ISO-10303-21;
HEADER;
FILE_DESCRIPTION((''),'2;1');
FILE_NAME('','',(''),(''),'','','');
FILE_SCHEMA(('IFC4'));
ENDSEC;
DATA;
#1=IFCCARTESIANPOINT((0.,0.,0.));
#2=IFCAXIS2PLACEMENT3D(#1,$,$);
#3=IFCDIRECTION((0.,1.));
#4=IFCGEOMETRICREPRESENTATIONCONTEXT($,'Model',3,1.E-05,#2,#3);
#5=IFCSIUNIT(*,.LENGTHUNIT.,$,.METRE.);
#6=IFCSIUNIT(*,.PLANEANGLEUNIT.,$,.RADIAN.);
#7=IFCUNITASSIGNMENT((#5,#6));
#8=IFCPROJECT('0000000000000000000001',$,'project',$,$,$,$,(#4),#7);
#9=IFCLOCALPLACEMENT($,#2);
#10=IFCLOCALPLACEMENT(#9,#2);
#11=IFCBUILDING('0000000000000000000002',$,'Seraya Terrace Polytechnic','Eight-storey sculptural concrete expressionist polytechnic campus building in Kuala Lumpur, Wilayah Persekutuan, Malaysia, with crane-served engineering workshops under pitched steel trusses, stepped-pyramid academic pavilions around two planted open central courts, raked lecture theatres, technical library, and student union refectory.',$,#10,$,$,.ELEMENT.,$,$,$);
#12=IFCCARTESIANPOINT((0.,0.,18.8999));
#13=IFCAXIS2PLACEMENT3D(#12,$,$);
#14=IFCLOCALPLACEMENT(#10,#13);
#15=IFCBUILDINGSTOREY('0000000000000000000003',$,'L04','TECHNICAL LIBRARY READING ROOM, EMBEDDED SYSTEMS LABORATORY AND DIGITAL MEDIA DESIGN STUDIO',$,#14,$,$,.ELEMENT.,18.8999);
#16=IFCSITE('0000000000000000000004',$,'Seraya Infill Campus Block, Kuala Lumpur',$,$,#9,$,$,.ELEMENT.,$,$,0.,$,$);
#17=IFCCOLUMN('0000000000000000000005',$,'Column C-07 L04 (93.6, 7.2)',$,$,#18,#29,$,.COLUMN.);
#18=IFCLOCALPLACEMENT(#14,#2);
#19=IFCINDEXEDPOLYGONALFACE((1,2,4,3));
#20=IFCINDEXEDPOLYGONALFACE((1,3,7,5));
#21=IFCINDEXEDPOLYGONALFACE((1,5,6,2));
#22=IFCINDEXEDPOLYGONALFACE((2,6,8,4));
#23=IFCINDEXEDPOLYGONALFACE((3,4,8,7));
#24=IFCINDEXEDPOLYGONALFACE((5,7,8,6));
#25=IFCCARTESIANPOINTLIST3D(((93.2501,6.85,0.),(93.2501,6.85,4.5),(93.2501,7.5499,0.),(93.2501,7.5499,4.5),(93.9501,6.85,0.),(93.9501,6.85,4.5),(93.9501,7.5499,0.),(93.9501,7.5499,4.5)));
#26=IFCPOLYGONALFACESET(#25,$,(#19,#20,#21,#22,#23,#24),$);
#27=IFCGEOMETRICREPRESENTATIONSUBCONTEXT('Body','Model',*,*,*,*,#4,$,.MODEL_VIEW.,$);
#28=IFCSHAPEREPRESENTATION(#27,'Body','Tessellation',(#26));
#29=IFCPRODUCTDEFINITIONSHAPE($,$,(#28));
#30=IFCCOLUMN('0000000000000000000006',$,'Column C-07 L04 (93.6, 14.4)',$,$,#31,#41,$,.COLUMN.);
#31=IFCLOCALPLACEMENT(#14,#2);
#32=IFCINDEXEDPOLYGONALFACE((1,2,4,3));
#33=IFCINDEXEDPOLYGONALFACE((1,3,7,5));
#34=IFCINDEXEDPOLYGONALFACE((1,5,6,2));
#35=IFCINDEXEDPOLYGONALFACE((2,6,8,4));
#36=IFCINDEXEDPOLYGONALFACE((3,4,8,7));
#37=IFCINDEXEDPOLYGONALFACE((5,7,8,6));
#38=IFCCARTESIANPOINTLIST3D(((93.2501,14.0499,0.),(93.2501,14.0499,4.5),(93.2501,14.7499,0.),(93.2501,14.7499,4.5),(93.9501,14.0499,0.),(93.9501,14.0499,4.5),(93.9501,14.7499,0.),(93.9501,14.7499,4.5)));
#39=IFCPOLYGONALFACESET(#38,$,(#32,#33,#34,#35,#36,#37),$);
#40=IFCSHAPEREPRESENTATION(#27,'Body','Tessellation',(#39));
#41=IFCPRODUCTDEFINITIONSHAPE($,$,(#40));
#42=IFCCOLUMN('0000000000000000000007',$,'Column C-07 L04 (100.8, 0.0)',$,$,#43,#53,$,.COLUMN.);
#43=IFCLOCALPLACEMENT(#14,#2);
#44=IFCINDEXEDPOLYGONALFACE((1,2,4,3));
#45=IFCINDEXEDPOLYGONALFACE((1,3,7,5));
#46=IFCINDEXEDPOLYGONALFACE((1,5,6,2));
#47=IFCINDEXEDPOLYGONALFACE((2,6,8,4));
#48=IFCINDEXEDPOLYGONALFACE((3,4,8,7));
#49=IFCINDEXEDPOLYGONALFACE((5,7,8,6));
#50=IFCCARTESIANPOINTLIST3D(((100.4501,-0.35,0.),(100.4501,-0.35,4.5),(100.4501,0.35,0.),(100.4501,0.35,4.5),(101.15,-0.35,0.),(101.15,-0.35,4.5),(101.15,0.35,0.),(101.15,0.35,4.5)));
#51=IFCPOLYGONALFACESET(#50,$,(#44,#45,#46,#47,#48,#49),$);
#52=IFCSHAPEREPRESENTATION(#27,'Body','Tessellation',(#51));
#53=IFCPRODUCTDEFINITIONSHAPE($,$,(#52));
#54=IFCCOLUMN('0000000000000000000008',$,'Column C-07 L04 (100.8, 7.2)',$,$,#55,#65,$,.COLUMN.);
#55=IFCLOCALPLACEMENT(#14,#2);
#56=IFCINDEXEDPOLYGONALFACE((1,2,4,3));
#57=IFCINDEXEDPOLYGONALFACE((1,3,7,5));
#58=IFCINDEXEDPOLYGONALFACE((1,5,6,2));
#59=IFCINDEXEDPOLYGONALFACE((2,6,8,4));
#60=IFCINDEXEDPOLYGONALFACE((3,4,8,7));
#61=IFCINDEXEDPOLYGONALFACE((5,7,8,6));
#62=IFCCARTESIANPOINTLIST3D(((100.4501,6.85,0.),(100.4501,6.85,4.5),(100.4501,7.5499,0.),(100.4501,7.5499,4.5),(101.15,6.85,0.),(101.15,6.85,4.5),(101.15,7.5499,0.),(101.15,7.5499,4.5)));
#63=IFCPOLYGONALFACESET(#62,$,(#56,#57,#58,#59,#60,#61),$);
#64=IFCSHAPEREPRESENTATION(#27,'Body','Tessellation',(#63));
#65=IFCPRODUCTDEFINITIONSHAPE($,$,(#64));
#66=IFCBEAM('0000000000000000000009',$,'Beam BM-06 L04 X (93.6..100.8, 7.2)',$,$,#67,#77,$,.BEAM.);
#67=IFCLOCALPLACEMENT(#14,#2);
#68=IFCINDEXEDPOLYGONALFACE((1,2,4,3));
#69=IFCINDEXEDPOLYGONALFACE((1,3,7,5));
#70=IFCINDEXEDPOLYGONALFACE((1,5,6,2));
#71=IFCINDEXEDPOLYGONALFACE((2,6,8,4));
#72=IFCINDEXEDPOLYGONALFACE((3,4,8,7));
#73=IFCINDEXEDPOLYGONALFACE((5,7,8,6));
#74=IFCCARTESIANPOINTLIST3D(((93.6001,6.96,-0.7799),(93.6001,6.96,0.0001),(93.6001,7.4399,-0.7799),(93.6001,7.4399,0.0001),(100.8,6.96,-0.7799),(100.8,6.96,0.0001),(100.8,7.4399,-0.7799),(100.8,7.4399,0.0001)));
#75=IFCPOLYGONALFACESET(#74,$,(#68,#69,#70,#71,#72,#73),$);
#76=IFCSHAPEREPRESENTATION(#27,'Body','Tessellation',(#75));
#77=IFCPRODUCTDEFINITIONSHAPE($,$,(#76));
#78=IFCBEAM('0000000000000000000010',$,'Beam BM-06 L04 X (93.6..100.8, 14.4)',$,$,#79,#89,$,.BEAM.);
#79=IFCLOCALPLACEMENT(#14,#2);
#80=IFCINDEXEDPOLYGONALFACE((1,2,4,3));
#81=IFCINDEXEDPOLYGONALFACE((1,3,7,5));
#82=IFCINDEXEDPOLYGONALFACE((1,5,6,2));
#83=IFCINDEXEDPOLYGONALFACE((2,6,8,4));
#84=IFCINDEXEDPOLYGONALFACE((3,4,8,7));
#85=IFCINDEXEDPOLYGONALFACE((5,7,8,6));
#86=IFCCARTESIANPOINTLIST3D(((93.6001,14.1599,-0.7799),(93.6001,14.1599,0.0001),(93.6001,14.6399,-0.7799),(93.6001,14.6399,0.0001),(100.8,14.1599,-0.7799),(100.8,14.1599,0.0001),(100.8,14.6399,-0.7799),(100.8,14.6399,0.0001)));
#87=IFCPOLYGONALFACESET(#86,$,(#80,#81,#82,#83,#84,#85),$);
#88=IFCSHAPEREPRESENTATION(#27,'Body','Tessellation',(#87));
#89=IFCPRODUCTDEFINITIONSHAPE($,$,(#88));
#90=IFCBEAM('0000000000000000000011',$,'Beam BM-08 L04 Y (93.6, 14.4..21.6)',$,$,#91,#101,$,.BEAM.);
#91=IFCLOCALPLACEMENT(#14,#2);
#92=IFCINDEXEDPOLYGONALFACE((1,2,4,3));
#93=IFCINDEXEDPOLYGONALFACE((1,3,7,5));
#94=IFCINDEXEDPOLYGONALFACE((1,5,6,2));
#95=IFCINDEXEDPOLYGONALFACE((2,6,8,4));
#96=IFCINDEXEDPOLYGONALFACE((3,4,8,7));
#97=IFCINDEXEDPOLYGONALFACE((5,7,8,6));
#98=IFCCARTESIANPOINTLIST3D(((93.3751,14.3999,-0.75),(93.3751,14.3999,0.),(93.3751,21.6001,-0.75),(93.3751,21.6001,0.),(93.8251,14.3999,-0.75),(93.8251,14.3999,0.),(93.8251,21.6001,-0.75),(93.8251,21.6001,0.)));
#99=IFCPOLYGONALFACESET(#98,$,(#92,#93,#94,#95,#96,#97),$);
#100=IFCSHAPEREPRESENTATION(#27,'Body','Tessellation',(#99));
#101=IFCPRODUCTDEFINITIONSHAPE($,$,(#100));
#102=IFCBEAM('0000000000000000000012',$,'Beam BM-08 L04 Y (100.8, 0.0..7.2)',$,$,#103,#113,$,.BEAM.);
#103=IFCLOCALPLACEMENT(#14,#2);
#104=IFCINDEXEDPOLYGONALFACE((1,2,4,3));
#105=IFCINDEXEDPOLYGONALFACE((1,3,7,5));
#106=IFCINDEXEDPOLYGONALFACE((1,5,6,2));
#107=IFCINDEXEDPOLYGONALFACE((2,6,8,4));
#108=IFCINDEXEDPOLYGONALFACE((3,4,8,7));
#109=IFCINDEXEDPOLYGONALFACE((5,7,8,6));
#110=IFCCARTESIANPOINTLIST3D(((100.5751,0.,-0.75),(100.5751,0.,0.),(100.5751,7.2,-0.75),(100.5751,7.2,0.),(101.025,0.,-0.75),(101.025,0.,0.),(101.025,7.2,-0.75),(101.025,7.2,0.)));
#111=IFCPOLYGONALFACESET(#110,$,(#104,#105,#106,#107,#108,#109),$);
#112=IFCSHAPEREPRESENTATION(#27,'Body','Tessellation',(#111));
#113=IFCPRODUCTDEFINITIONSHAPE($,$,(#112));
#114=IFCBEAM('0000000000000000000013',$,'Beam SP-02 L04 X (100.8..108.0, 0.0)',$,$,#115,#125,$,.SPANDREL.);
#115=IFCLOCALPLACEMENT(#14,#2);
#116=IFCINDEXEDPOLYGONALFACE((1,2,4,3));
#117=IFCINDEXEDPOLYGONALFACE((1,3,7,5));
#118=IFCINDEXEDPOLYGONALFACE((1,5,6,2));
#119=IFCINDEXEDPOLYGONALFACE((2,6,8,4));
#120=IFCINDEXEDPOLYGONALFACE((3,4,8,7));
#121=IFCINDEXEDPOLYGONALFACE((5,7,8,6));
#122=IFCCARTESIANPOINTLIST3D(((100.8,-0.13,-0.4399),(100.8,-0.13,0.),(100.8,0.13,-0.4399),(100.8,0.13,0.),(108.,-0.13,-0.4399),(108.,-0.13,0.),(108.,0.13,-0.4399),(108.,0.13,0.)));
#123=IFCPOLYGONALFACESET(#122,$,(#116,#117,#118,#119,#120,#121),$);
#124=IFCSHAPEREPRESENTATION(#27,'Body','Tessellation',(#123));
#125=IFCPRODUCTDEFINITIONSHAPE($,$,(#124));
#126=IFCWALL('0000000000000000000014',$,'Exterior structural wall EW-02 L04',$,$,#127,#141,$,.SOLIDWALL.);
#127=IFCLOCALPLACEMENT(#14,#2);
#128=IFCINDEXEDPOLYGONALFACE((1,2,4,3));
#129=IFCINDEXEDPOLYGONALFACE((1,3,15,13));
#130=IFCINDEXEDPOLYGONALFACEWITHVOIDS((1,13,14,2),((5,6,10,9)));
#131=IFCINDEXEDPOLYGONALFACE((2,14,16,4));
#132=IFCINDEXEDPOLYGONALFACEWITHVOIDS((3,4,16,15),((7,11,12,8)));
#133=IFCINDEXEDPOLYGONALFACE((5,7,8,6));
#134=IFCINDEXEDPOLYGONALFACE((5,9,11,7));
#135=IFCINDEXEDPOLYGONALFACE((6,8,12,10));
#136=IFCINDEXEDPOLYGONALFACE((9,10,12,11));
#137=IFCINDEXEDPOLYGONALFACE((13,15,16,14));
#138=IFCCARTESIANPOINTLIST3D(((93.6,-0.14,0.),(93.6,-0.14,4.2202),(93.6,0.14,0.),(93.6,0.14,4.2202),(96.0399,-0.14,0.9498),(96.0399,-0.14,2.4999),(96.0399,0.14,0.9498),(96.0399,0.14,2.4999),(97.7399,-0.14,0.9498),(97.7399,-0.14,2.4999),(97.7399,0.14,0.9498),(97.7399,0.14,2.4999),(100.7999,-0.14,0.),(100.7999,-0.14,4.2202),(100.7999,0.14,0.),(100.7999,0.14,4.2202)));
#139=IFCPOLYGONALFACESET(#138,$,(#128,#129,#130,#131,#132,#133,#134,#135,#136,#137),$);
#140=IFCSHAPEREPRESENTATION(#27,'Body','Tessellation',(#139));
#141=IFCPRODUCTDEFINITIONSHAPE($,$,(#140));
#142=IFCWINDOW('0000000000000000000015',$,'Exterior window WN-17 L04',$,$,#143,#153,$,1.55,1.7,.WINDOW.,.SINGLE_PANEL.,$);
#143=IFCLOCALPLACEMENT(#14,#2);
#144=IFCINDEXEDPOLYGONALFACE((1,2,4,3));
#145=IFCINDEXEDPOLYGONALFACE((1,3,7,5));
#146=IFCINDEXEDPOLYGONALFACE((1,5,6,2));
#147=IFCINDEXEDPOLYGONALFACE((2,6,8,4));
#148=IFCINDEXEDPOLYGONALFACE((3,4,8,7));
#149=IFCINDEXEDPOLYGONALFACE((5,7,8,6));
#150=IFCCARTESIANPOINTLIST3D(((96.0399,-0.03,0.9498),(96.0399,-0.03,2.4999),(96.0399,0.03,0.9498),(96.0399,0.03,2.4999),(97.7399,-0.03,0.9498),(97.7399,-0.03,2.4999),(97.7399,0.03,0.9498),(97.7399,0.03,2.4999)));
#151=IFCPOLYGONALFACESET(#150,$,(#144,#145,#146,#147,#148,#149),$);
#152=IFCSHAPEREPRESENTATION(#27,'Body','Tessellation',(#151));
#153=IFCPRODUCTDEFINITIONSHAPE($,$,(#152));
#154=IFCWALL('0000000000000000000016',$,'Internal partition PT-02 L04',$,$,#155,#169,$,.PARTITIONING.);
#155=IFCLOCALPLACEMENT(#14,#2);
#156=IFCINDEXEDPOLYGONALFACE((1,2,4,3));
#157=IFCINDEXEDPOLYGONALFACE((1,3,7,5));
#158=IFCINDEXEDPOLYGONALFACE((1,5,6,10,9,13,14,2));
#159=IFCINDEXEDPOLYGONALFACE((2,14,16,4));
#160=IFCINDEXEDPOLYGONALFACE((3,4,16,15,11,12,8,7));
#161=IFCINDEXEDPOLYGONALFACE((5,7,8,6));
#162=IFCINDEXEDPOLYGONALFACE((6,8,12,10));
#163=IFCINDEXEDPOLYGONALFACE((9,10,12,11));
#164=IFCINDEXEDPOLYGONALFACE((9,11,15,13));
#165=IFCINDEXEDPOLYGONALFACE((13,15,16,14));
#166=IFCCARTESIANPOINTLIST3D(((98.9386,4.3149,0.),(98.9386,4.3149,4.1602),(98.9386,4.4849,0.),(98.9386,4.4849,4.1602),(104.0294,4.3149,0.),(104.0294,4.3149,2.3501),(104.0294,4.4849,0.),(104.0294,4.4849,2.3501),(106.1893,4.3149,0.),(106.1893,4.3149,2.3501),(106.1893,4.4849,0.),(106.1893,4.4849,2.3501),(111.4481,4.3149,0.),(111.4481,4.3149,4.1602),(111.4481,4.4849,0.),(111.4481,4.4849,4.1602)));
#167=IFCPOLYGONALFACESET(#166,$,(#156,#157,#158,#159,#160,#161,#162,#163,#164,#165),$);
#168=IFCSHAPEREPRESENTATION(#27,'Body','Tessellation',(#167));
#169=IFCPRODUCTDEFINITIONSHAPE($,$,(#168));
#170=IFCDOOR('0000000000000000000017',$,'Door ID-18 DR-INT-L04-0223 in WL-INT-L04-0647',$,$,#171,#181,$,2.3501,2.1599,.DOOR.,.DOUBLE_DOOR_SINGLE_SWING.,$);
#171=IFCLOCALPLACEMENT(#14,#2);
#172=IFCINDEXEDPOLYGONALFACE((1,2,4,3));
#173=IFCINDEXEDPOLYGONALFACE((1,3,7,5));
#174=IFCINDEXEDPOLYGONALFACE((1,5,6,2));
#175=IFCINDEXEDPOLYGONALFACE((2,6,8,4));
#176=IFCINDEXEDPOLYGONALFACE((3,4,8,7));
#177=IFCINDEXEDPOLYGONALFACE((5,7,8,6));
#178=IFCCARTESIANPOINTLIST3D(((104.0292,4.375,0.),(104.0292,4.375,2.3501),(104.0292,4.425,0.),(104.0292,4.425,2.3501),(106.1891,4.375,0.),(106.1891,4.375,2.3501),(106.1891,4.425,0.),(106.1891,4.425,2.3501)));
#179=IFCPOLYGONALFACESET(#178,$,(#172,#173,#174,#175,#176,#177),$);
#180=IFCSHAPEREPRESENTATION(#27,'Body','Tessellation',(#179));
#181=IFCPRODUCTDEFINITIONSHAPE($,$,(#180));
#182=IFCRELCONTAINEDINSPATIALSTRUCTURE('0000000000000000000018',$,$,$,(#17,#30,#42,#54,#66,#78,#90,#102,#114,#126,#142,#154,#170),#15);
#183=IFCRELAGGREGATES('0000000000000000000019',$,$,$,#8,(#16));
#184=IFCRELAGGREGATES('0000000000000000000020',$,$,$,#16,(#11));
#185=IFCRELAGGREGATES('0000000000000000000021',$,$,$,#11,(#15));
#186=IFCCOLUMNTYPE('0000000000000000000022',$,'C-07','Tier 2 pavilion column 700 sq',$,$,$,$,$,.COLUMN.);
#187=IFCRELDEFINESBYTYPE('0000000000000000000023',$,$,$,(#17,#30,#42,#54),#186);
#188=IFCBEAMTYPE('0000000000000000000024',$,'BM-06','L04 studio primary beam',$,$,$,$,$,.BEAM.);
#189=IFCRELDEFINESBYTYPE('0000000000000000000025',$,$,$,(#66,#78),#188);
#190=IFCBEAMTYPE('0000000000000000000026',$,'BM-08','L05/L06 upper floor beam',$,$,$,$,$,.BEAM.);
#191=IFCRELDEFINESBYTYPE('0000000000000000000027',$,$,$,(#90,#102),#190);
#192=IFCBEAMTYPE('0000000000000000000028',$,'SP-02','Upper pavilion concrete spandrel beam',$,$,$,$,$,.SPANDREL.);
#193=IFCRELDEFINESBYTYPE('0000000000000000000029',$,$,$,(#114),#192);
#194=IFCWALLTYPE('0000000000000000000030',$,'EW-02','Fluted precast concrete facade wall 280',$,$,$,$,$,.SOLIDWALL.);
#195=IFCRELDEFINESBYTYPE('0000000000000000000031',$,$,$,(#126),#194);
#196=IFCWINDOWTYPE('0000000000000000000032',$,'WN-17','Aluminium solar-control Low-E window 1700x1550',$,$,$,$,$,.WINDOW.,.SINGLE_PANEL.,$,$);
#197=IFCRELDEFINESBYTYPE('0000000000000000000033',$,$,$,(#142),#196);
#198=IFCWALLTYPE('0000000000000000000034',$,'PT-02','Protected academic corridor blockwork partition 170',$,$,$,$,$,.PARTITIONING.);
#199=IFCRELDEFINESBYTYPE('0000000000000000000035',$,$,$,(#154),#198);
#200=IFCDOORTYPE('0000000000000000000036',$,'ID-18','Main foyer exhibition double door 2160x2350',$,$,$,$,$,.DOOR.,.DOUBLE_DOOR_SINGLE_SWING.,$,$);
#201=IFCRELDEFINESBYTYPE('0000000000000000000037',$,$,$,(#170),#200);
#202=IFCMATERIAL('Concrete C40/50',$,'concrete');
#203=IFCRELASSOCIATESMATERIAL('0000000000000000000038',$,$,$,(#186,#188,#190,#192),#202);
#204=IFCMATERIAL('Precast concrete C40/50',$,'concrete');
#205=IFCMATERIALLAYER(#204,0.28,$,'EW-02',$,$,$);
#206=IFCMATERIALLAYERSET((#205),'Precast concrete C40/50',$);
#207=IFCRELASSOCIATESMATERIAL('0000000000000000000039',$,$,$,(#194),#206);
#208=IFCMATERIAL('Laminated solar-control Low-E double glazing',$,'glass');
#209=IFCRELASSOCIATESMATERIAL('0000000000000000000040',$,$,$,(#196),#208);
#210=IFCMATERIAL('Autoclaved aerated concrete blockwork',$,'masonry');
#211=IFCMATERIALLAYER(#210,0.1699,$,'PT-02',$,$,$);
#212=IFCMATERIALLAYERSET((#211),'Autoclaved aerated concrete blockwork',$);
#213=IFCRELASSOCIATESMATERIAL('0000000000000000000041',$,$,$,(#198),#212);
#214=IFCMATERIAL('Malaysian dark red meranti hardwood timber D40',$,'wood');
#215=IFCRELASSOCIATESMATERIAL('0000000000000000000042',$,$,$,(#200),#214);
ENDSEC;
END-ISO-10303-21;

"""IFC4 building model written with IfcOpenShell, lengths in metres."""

from ifc_helpers import new_model, si_unit, direction, frame, frame_2d, origin, origin_2d, place, context, subcontext, project, spatial, rectangle, extrude, material, layer, layer_set, material_profile, profile_set, type_object, element, fill, save


model = new_model("IFC4")

# Units and contexts
model_context = context("Model", 3, precision=1e-05, world=origin(), true_north=direction((0.0, 1.0)))
body_context = subcontext(model_context, "Body", "Model", "MODEL_VIEW")
ifc_project = project(units=[si_unit("LENGTHUNIT", "METRE"), si_unit("PLANEANGLEUNIT", "RADIAN")], contexts=[model_context])

# Site, building, storey
site_placement = place(None, origin())
site = spatial("IfcSite", under=ifc_project, at=site_placement, Name="Seraya Infill Campus Block, Kuala Lumpur", CompositionType="ELEMENT", RefElevation=0.0)
building_placement = place(site_placement, origin())
building = spatial("IfcBuilding", under=site, at=building_placement, Name="Seraya Terrace Polytechnic", Description="Eight-storey sculptural concrete expressionist polytechnic campus building in Kuala Lumpur, Wilayah Persekutuan, Malaysia, with crane-served engineering workshops under pitched steel trusses, stepped-pyramid academic pavilions around two planted open central courts, raked lecture theatres, technical library, and student union refectory.", CompositionType="ELEMENT")
storey_placement = place(building_placement, frame((0.0, 0.0, 18.8999)))
storey = spatial("IfcBuildingStorey", under=building, at=storey_placement, Name="L04", Description="TECHNICAL LIBRARY READING ROOM, EMBEDDED SYSTEMS LABORATORY AND DIGITAL MEDIA DESIGN STUDIO", CompositionType="ELEMENT", Elevation=18.8999)

# Columns
ifc_material_1 = material(Name="Concrete C40/50", Category="concrete")
ifc_material_profile_1 = material_profile(ifc_material_1, rectangle(XDim=0.7, YDim=0.7, at=origin_2d()), Name="RC 700x700")
ifc_profile_set_1 = profile_set([ifc_material_profile_1], Name="Concrete C40/50")
column_type = type_object("IfcColumnType", Name="C-07", Description="Tier 2 pavilion column 700 sq", PredefinedType="COLUMN", material=ifc_profile_set_1)
for number, where, z_axis, x_axis, name in (
    (1, (93.6001, 7.2, 0.0), (0.0, 0.0, 1.0), (1.0, 0.0, 0.0), "Column C-07 L04 (93.6, 7.2)"),
    (2, (93.6001, 14.3999, 0.0), (0.0, 0.0, 1.0), (1.0, 0.0, 0.0), "Column C-07 L04 (93.6, 14.4)"),
    (3, (100.8, 0.0, 0.0), (0.0, 0.0, 1.0), (1.0, 0.0, 0.0), "Column C-07 L04 (100.8, 0.0)"),
    (4, (100.8, 7.2, 0.0), (0.0, 0.0, 1.0), (1.0, 0.0, 0.0), "Column C-07 L04 (100.8, 7.2)"),
):
    element("IfcColumn", number, at=place(storey_placement, frame(where, z_axis=z_axis, x_axis=x_axis)), inside=storey, type_object=column_type, Name=name, PredefinedType="COLUMN", context=body_context, shape_type="SweptSolid", body=[
        extrude(rectangle(XDim=0.7, YDim=0.7, at=origin_2d()), origin(), (0.0, 0.0, 1.0), 4.5),
    ])

# Beams
ifc_material_profile_2 = material_profile(ifc_material_1, rectangle(XDim=0.48, YDim=0.78, at=origin_2d()), Name="RC 480x780")
ifc_profile_set_2 = profile_set([ifc_material_profile_2], Name="Concrete C40/50")
beam_type_1 = type_object("IfcBeamType", Name="BM-06", Description="L04 studio primary beam", PredefinedType="BEAM", material=ifc_profile_set_2)
for number, where, z_axis, x_axis, name in (
    (5, (93.6001, 7.2, -0.3899), (1.0, 0.0, 0.0), (0.0, 1.0, 0.0), "Beam BM-06 L04 X (93.6..100.8, 7.2)"),
    (6, (93.6001, 14.3999, -0.3899), (1.0, 0.0, 0.0), (0.0, 1.0, 0.0), "Beam BM-06 L04 X (93.6..100.8, 14.4)"),
):
    element("IfcBeam", number, at=place(storey_placement, frame(where, z_axis=z_axis, x_axis=x_axis)), inside=storey, type_object=beam_type_1, Name=name, PredefinedType="BEAM", context=body_context, shape_type="SweptSolid", body=[
        extrude(rectangle(XDim=0.48, YDim=0.78, at=origin_2d()), origin(), (0.0, 0.0, 1.0), 7.2),
    ])
ifc_material_profile_3 = material_profile(ifc_material_1, rectangle(XDim=0.45, YDim=0.75, at=origin_2d()), Name="RC 450x750")
ifc_profile_set_3 = profile_set([ifc_material_profile_3], Name="Concrete C40/50")
beam_type_2 = type_object("IfcBeamType", Name="BM-08", Description="L05/L06 upper floor beam", PredefinedType="BEAM", material=ifc_profile_set_3)
beam_1_placement = place(storey_placement, frame((93.6001, 14.3999, -0.375), z_axis=(0.0, 1.0, 0.0), x_axis=(-1.0, 0.0, 0.0)))
element("IfcBeam", 7, at=beam_1_placement, inside=storey, type_object=beam_type_2, Name="Beam BM-08 L04 Y (93.6, 14.4..21.6)", PredefinedType="BEAM", context=body_context, shape_type="SweptSolid", body=[
    extrude(rectangle(XDim=0.45, YDim=0.75, at=origin_2d()), origin(), (0.0, 0.0, 1.0), 7.2002),
])
beam_2_placement = place(storey_placement, frame((100.8, 0.0, -0.375), z_axis=(0.0, 1.0, 0.0), x_axis=(-1.0, 0.0, 0.0)))
element("IfcBeam", 8, at=beam_2_placement, inside=storey, type_object=beam_type_2, Name="Beam BM-08 L04 Y (100.8, 0.0..7.2)", PredefinedType="BEAM", context=body_context, shape_type="SweptSolid", body=[
    extrude(rectangle(XDim=0.45, YDim=0.75, at=origin_2d()), origin(), (0.0, 0.0, 1.0), 7.2),
])
ifc_material_profile_4 = material_profile(ifc_material_1, rectangle(XDim=0.26, YDim=0.4399, at=origin_2d()), Name="RC 260x440")
ifc_profile_set_4 = profile_set([ifc_material_profile_4], Name="Concrete C40/50")
beam_type_3 = type_object("IfcBeamType", Name="SP-02", Description="Upper pavilion concrete spandrel beam", PredefinedType="SPANDREL", material=ifc_profile_set_4)
beam_3_placement = place(storey_placement, frame((100.8, 0.0, -0.22), z_axis=(1.0, 0.0, 0.0), x_axis=(0.0, 1.0, 0.0)))
element("IfcBeam", 9, at=beam_3_placement, inside=storey, type_object=beam_type_3, Name="Beam SP-02 L04 X (100.8..108.0, 0.0)", PredefinedType="SPANDREL", context=body_context, shape_type="SweptSolid", body=[
    extrude(rectangle(XDim=0.26, YDim=0.4399, at=origin_2d()), origin(), (0.0, 0.0, 1.0), 7.2),
])

# Wall, opening, window
ifc_material_2 = material(Name="Precast concrete C40/50", Category="concrete")
ifc_layer_1 = layer(ifc_material_2, 0.28, Name="EW-02")
ifc_layer_set_1 = layer_set([ifc_layer_1], Name="Precast concrete C40/50")
wall_type_1 = type_object("IfcWallType", Name="EW-02", Description="Fluted precast concrete facade wall 280", PredefinedType="SOLIDWALL", material=ifc_layer_set_1)
wall_1_placement = place(storey_placement, frame((100.8, 0.0, 0.0), z_axis=(0.0, 0.0, 1.0), x_axis=(-1.0, 0.0, 0.0)))
wall_1 = element("IfcWall", 10, at=wall_1_placement, inside=storey, type_object=wall_type_1, Name="Exterior structural wall EW-02 L04", PredefinedType="SOLIDWALL", context=body_context, shape_type="SweptSolid", body=[
    extrude(rectangle(XDim=7.2, YDim=0.28, at=frame_2d((3.6001, 0.0))), origin(), (0.0, 0.0, 1.0), 4.2202),
])
opening_1_placement = place(wall_1_placement, frame((3.0601, 0.0, 0.95)))
opening_1 = element("IfcOpeningElement", 11, at=opening_1_placement, cuts=wall_1, PredefinedType="OPENING", context=body_context, shape_type="SweptSolid", body=[
    extrude(rectangle(XDim=1.7, YDim=1.55, at=frame_2d((0.8501, 0.7749))), frame((0.0, 0.1519, 0.0), z_axis=(0.0, -1.0, 0.0), x_axis=(1.0, 0.0, 0.0)), (0.0, 0.0, 1.0), 0.304),
])
ifc_material_3 = material(Name="Laminated solar-control Low-E double glazing", Category="glass")
window_type = type_object("IfcWindowType", Name="WN-17", Description="Aluminium solar-control Low-E window 1700x1550", PartitioningType="SINGLE_PANEL", PredefinedType="WINDOW", material=ifc_material_3)
window_placement = place(opening_1_placement, origin())
window = element("IfcWindow", 12, at=window_placement, inside=storey, type_object=window_type, Name="Exterior window WN-17 L04", OverallHeight=1.55, OverallWidth=1.7, PartitioningType="SINGLE_PANEL", PredefinedType="WINDOW", context=body_context, shape_type="SweptSolid", body=[
    extrude(rectangle(XDim=1.7, YDim=1.55, at=frame_2d((0.8501, 0.7749))), frame((0.0, 0.03, 0.0), z_axis=(0.0, -1.0, 0.0), x_axis=(1.0, 0.0, 0.0)), (0.0, 0.0, 1.0), 0.0601),
])
fill(opening_1, window)

# Wall, opening, door
ifc_material_4 = material(Name="Autoclaved aerated concrete blockwork", Category="masonry")
ifc_layer_2 = layer(ifc_material_4, 0.1699, Name="PT-02")
ifc_layer_set_2 = layer_set([ifc_layer_2], Name="Autoclaved aerated concrete blockwork")
wall_type_2 = type_object("IfcWallType", Name="PT-02", Description="Protected academic corridor blockwork partition 170", PredefinedType="PARTITIONING", material=ifc_layer_set_2)
wall_2_placement = place(storey_placement, frame((98.9385, 4.3999, 0.0), z_axis=(0.0, 0.0, 1.0), x_axis=(1.0, 0.0, 0.0)))
wall_2 = element("IfcWall", 13, at=wall_2_placement, inside=storey, type_object=wall_type_2, Name="Internal partition PT-02 L04", PredefinedType="PARTITIONING", context=body_context, shape_type="SweptSolid", body=[
    extrude(rectangle(XDim=12.5095, YDim=0.1699, at=frame_2d((6.2549, 0.0))), origin(), (0.0, 0.0, 1.0), 4.1602),
])
opening_2_placement = place(wall_2_placement, frame((5.0908, 0.0, 0.0)))
opening_2 = element("IfcOpeningElement", 14, at=opening_2_placement, cuts=wall_2, PredefinedType="OPENING", context=body_context, shape_type="SweptSolid", body=[
    extrude(rectangle(XDim=2.1599, YDim=2.3501, at=frame_2d((1.0801, 1.175))), frame((0.0, 0.0969, 0.0), z_axis=(0.0, -1.0, 0.0), x_axis=(1.0, 0.0, 0.0)), (0.0, 0.0, 1.0), 0.1938),
])
ifc_material_5 = material(Name="Malaysian dark red meranti hardwood timber D40", Category="wood")
door_type_1 = type_object("IfcDoorType", Name="ID-18", Description="Main foyer exhibition double door 2160x2350", OperationType="DOUBLE_DOOR_SINGLE_SWING", PredefinedType="DOOR", material=ifc_material_5)
door_1_placement = place(opening_2_placement, frame((2.1599, 0.0, 0.0), z_axis=(0.0, 0.0, 1.0), x_axis=(-1.0, 0.0, 0.0)))
door_1 = element("IfcDoor", 15, at=door_1_placement, inside=storey, type_object=door_type_1, Name="Door ID-18 DR-INT-L04-0223 in WL-INT-L04-0647", OperationType="DOUBLE_DOOR_SINGLE_SWING", OverallHeight=2.3501, OverallWidth=2.1599, PredefinedType="DOOR", context=body_context, shape_type="SweptSolid", body=[
    extrude(rectangle(XDim=2.1599, YDim=2.3501, at=frame_2d((1.0801, 1.175))), frame((0.0, 0.0249, 0.0), z_axis=(0.0, -1.0, 0.0), x_axis=(1.0, 0.0, 0.0)), (0.0, 0.0, 1.0), 0.05),
])
fill(opening_2, door_1)

save(model, "model.ifc")
